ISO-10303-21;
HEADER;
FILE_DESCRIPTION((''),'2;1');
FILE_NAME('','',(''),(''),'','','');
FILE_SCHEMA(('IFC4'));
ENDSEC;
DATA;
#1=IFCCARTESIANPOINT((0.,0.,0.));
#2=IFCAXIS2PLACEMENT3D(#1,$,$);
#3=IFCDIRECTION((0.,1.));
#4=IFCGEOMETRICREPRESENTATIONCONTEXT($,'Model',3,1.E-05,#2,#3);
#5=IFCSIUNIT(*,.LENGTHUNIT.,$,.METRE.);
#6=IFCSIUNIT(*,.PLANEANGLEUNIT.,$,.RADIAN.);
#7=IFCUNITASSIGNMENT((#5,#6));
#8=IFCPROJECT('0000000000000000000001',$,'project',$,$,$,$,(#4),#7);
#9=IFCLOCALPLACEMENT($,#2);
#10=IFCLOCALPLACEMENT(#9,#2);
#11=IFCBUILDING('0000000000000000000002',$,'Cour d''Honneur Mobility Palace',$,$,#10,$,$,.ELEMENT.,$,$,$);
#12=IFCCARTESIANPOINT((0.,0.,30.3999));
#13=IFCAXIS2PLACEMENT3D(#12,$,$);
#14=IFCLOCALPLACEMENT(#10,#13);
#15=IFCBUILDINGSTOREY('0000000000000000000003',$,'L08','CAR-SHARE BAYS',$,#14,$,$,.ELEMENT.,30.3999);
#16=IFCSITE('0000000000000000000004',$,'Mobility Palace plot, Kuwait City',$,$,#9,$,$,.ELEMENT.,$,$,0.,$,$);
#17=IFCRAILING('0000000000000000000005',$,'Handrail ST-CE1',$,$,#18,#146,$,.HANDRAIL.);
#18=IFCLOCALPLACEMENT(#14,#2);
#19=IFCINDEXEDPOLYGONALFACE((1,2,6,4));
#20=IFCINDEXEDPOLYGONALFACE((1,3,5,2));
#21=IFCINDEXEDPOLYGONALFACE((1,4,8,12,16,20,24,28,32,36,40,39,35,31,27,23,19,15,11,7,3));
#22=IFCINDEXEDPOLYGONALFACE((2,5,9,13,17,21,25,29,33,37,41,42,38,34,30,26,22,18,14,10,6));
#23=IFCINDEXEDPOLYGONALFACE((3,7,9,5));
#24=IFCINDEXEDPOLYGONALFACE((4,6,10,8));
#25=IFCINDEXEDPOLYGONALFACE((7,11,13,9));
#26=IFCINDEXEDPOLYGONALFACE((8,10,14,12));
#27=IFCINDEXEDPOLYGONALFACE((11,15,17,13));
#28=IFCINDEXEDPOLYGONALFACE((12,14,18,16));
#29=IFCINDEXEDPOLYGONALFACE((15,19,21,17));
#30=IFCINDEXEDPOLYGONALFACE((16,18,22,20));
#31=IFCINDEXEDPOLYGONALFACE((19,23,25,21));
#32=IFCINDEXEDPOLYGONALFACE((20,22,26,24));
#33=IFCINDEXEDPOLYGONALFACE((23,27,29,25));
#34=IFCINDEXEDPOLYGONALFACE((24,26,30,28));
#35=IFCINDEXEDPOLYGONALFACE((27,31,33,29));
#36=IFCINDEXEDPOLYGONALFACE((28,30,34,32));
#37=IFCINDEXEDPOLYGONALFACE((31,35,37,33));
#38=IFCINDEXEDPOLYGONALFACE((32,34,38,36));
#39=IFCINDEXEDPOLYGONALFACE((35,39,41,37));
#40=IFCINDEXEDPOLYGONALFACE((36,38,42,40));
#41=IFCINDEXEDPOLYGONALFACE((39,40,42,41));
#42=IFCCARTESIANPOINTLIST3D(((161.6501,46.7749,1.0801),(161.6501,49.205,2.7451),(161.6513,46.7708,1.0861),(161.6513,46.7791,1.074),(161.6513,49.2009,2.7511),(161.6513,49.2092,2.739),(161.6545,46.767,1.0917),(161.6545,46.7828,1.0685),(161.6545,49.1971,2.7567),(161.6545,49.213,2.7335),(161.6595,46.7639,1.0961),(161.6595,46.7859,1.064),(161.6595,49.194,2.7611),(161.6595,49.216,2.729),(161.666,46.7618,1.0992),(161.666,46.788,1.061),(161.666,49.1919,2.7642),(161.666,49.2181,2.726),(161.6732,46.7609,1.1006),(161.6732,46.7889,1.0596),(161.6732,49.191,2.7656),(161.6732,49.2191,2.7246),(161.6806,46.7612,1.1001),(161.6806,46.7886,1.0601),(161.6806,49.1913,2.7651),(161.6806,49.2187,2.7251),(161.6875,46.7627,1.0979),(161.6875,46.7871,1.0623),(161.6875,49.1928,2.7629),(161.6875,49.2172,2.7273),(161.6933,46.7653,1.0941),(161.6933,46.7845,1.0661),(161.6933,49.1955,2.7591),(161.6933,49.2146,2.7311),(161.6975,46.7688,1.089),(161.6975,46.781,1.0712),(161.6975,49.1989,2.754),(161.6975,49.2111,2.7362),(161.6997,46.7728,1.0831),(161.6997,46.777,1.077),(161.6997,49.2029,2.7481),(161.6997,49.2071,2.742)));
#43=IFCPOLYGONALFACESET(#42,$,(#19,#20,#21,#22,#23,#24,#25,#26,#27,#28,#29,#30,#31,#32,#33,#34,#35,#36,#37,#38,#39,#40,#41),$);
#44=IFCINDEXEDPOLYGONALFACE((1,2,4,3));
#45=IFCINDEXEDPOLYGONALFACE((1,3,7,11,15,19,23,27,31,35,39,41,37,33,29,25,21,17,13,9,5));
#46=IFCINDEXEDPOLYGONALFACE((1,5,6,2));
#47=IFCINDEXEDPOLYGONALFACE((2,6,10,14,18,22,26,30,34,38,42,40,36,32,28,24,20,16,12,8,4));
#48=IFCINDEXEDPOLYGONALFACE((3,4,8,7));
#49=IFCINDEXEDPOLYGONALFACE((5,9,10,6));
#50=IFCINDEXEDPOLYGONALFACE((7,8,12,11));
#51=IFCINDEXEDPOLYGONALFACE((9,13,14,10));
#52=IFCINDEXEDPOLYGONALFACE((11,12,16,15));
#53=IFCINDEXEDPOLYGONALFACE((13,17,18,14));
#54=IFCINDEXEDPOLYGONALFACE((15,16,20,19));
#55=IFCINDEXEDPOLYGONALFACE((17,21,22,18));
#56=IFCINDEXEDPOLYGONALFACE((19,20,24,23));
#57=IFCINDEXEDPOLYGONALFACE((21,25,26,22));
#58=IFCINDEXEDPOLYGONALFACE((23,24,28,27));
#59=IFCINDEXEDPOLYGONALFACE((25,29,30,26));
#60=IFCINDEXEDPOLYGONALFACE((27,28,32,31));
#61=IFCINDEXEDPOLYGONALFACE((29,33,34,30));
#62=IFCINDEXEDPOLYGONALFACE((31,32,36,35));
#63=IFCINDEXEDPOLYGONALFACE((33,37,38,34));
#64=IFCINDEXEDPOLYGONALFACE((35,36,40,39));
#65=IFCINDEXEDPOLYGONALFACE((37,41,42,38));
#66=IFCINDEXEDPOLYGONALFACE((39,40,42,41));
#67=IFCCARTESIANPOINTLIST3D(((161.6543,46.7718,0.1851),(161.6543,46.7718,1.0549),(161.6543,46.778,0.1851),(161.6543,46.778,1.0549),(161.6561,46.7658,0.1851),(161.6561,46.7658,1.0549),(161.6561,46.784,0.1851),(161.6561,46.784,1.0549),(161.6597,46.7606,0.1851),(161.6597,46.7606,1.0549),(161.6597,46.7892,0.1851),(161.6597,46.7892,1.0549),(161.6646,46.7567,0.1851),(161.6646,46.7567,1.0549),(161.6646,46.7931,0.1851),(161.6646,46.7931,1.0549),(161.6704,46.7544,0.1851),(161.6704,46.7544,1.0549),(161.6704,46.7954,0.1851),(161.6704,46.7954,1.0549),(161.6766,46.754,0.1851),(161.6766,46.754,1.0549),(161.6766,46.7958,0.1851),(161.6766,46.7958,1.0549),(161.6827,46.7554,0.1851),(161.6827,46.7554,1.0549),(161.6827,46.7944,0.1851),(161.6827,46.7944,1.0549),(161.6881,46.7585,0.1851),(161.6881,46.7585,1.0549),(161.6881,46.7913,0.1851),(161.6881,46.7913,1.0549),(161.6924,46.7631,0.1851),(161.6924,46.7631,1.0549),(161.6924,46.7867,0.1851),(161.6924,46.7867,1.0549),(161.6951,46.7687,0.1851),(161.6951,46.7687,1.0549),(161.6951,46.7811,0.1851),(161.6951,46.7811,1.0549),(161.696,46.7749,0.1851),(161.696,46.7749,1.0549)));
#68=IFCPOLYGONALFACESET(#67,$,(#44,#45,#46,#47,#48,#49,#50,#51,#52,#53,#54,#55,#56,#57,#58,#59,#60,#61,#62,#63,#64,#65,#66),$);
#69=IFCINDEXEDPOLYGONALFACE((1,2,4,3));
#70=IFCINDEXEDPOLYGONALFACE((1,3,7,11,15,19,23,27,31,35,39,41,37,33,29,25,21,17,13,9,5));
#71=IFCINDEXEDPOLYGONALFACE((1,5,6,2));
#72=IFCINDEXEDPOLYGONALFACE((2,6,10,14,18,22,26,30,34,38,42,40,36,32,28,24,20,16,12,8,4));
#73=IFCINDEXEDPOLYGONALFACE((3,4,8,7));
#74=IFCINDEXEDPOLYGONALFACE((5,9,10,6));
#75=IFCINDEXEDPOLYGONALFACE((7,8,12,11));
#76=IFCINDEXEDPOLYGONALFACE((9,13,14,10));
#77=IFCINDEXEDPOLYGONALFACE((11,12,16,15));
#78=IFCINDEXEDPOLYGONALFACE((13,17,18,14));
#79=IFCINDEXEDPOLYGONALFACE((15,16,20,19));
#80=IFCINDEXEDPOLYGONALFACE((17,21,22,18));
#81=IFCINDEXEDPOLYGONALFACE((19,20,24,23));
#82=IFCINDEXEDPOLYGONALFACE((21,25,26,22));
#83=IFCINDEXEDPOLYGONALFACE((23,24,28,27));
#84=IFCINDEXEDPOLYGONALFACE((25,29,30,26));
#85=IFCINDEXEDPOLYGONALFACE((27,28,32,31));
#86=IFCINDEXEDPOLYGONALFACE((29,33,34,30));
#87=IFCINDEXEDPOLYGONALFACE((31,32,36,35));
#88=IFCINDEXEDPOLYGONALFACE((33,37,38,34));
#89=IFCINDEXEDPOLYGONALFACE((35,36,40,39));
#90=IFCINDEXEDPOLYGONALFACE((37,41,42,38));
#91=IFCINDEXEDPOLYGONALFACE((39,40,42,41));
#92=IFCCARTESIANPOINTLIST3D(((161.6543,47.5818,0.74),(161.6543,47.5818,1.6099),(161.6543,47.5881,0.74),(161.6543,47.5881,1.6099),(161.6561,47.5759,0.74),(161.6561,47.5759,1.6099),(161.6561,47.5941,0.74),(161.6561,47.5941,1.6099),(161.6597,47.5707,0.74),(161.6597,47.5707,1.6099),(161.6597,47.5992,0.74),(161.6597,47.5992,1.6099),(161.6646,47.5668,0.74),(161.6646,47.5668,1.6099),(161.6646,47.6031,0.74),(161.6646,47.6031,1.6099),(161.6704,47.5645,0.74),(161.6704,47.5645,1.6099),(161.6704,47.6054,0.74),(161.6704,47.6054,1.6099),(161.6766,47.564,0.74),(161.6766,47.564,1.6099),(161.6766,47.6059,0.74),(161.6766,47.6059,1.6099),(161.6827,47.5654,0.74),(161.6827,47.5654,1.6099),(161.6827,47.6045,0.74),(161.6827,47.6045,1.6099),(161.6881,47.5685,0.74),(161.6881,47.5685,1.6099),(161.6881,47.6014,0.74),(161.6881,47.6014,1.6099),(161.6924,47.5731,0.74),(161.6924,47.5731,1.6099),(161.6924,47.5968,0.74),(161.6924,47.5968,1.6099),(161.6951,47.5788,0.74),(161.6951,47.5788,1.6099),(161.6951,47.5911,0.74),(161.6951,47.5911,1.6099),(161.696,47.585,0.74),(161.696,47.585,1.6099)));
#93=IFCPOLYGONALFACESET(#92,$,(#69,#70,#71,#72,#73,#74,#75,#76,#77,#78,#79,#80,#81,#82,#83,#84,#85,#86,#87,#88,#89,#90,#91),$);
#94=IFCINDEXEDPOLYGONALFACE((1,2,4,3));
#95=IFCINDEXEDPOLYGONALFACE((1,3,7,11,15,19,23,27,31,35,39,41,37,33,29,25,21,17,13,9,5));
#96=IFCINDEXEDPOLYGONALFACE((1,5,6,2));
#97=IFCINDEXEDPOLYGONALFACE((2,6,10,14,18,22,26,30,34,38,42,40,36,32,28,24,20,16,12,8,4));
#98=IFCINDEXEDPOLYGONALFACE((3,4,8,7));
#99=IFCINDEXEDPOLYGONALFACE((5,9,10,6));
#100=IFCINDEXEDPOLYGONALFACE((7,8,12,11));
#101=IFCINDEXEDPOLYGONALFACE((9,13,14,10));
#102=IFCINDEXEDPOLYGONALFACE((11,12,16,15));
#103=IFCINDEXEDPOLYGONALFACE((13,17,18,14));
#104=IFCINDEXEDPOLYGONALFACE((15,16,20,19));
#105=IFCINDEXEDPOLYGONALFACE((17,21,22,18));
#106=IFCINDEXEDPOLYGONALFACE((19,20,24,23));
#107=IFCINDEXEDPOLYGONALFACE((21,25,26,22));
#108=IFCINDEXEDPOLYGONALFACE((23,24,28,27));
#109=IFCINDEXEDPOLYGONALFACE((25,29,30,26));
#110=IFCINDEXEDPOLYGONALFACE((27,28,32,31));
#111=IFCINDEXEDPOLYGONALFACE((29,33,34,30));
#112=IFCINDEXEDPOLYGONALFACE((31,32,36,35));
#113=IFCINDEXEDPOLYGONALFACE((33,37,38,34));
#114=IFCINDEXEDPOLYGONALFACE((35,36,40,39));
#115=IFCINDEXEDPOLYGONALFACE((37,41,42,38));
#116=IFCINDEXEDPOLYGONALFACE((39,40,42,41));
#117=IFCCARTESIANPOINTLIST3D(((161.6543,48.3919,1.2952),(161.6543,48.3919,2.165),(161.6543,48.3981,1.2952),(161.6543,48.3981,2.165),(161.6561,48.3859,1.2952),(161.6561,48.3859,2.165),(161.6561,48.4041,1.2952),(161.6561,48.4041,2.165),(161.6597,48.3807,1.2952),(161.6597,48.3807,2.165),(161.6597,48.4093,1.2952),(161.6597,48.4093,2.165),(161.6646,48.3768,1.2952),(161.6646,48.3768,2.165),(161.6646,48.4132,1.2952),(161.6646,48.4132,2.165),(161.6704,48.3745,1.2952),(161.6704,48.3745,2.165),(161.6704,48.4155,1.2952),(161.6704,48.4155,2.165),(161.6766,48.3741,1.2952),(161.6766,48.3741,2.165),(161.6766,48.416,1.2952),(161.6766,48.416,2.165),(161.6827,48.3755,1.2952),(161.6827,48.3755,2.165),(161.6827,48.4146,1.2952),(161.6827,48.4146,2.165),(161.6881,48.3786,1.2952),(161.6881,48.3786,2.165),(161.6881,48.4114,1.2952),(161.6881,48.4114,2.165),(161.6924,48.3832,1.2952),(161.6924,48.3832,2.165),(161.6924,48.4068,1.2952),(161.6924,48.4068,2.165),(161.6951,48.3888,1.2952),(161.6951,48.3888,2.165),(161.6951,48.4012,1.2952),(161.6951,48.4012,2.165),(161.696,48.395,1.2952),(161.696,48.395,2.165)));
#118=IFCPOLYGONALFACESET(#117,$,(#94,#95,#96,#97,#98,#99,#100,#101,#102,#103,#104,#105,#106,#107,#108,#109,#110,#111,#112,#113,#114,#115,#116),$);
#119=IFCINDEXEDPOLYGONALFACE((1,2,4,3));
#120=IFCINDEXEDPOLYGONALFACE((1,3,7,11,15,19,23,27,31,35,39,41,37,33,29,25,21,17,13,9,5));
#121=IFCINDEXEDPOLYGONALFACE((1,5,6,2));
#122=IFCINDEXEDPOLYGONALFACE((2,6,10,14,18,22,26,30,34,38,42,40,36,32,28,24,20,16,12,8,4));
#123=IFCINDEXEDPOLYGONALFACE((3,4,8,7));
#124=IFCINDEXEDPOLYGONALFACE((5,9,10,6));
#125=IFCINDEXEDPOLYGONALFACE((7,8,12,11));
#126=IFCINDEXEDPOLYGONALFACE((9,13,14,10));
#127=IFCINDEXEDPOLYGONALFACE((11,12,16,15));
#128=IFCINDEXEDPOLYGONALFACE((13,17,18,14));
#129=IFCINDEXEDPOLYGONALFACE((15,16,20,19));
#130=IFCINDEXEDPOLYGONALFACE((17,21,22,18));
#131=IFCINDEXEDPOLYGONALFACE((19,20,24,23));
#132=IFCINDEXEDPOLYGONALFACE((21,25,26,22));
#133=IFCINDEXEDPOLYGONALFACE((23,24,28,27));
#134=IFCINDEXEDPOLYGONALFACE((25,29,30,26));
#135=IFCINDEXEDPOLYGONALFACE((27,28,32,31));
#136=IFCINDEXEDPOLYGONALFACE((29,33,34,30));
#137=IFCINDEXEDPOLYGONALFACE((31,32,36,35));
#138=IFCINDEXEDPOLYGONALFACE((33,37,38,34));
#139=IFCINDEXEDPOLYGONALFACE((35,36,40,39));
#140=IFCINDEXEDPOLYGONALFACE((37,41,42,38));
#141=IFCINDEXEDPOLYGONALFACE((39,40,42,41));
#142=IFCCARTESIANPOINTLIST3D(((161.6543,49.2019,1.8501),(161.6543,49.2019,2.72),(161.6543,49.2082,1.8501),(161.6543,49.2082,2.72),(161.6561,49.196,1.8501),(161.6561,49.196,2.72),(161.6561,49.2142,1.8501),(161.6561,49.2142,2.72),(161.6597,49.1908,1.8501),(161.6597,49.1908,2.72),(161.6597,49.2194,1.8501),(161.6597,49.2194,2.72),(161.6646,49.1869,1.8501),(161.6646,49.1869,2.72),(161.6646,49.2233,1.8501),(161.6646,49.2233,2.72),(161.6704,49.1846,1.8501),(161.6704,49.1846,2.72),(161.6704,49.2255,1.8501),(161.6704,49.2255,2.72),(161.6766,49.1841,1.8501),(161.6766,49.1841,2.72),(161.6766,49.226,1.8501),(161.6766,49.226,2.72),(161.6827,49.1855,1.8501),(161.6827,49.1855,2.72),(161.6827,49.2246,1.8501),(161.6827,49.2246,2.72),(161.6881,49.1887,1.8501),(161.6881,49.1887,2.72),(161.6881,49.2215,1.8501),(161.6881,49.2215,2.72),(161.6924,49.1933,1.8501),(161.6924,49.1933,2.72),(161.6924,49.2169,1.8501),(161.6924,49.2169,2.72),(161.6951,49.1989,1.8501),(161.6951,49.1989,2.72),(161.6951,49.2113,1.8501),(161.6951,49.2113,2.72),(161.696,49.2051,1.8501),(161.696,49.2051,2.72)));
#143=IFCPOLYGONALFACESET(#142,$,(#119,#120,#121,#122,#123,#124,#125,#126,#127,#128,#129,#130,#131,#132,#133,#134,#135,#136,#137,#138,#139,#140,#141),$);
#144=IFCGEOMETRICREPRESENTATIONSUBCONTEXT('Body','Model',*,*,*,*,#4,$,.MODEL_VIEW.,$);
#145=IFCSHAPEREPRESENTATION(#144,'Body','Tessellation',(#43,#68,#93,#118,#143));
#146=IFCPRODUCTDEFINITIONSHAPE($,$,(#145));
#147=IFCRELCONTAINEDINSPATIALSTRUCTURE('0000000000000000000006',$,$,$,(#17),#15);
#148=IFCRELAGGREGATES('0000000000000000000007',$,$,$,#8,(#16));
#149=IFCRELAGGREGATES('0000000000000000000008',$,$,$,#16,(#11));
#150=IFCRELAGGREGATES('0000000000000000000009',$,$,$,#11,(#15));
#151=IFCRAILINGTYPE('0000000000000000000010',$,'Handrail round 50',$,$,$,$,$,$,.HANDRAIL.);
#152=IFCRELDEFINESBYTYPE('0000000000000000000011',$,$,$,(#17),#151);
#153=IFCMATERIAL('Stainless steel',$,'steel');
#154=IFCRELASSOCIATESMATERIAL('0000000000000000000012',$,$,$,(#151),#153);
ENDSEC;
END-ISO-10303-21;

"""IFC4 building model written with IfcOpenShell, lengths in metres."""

from ifc_helpers import new_model, si_unit, direction, frame, origin, origin_2d, place, context, subcontext, project, spatial, circle, extrude, material, type_object, element, save


model = new_model("IFC4")

# Units and contexts
model_context = context("Model", 3, precision=1e-05, world=origin(), true_north=direction((0.0, 1.0)))
body_context = subcontext(model_context, "Body", "Model", "MODEL_VIEW")
ifc_project = project(units=[si_unit("LENGTHUNIT", "METRE"), si_unit("PLANEANGLEUNIT", "RADIAN")], contexts=[model_context])

# Site, building, storey
site_placement = place(None, origin())
site = spatial("IfcSite", under=ifc_project, at=site_placement, Name="Mobility Palace plot, Kuwait City", CompositionType="ELEMENT", RefElevation=0.0)
building_placement = place(site_placement, origin())
building = spatial("IfcBuilding", under=site, at=building_placement, Name="Cour d'Honneur Mobility Palace", CompositionType="ELEMENT")
storey_placement = place(building_placement, frame((0.0, 0.0, 30.3999)))
storey = spatial("IfcBuildingStorey", under=building, at=storey_placement, Name="L08", Description="CAR-SHARE BAYS", CompositionType="ELEMENT", Elevation=30.3999)

# Railing
ifc_material_1 = material(Name="Stainless steel", Category="steel")
railing_type = type_object("IfcRailingType", Name="Handrail round 50", PredefinedType="HANDRAIL", material=ifc_material_1)
railing_placement = place(storey_placement, frame((161.675, 46.7749, 0.1851)))
element("IfcRailing", 1, at=railing_placement, inside=storey, type_object=railing_type, Name="Handrail ST-CE1", PredefinedType="HANDRAIL", context=body_context, shape_type="SweptSolid", body=[
    extrude(circle(Radius=0.0249, at=origin_2d()), frame((0.0, 0.0, 0.895), z_axis=(0.0, 0.824945, 0.565213), x_axis=(-1.0, 0.0, 0.0)), (0.0, 0.0, 1.0), 2.9458),
    extrude(circle(Radius=0.021, at=origin_2d()), origin(), (0.0, 0.0, 1.0), 0.8699),
    extrude(circle(Radius=0.021, at=origin_2d()), frame((0.0, 0.8101, 0.5549)), (0.0, 0.0, 1.0), 0.8699),
    extrude(circle(Radius=0.021, at=origin_2d()), frame((0.0, 1.6201, 1.1101)), (0.0, 0.0, 1.0), 0.8699),
    extrude(circle(Radius=0.021, at=origin_2d()), frame((0.0, 2.4302, 1.665)), (0.0, 0.0, 1.0), 0.8699),
])

save(model, "model.ifc")
